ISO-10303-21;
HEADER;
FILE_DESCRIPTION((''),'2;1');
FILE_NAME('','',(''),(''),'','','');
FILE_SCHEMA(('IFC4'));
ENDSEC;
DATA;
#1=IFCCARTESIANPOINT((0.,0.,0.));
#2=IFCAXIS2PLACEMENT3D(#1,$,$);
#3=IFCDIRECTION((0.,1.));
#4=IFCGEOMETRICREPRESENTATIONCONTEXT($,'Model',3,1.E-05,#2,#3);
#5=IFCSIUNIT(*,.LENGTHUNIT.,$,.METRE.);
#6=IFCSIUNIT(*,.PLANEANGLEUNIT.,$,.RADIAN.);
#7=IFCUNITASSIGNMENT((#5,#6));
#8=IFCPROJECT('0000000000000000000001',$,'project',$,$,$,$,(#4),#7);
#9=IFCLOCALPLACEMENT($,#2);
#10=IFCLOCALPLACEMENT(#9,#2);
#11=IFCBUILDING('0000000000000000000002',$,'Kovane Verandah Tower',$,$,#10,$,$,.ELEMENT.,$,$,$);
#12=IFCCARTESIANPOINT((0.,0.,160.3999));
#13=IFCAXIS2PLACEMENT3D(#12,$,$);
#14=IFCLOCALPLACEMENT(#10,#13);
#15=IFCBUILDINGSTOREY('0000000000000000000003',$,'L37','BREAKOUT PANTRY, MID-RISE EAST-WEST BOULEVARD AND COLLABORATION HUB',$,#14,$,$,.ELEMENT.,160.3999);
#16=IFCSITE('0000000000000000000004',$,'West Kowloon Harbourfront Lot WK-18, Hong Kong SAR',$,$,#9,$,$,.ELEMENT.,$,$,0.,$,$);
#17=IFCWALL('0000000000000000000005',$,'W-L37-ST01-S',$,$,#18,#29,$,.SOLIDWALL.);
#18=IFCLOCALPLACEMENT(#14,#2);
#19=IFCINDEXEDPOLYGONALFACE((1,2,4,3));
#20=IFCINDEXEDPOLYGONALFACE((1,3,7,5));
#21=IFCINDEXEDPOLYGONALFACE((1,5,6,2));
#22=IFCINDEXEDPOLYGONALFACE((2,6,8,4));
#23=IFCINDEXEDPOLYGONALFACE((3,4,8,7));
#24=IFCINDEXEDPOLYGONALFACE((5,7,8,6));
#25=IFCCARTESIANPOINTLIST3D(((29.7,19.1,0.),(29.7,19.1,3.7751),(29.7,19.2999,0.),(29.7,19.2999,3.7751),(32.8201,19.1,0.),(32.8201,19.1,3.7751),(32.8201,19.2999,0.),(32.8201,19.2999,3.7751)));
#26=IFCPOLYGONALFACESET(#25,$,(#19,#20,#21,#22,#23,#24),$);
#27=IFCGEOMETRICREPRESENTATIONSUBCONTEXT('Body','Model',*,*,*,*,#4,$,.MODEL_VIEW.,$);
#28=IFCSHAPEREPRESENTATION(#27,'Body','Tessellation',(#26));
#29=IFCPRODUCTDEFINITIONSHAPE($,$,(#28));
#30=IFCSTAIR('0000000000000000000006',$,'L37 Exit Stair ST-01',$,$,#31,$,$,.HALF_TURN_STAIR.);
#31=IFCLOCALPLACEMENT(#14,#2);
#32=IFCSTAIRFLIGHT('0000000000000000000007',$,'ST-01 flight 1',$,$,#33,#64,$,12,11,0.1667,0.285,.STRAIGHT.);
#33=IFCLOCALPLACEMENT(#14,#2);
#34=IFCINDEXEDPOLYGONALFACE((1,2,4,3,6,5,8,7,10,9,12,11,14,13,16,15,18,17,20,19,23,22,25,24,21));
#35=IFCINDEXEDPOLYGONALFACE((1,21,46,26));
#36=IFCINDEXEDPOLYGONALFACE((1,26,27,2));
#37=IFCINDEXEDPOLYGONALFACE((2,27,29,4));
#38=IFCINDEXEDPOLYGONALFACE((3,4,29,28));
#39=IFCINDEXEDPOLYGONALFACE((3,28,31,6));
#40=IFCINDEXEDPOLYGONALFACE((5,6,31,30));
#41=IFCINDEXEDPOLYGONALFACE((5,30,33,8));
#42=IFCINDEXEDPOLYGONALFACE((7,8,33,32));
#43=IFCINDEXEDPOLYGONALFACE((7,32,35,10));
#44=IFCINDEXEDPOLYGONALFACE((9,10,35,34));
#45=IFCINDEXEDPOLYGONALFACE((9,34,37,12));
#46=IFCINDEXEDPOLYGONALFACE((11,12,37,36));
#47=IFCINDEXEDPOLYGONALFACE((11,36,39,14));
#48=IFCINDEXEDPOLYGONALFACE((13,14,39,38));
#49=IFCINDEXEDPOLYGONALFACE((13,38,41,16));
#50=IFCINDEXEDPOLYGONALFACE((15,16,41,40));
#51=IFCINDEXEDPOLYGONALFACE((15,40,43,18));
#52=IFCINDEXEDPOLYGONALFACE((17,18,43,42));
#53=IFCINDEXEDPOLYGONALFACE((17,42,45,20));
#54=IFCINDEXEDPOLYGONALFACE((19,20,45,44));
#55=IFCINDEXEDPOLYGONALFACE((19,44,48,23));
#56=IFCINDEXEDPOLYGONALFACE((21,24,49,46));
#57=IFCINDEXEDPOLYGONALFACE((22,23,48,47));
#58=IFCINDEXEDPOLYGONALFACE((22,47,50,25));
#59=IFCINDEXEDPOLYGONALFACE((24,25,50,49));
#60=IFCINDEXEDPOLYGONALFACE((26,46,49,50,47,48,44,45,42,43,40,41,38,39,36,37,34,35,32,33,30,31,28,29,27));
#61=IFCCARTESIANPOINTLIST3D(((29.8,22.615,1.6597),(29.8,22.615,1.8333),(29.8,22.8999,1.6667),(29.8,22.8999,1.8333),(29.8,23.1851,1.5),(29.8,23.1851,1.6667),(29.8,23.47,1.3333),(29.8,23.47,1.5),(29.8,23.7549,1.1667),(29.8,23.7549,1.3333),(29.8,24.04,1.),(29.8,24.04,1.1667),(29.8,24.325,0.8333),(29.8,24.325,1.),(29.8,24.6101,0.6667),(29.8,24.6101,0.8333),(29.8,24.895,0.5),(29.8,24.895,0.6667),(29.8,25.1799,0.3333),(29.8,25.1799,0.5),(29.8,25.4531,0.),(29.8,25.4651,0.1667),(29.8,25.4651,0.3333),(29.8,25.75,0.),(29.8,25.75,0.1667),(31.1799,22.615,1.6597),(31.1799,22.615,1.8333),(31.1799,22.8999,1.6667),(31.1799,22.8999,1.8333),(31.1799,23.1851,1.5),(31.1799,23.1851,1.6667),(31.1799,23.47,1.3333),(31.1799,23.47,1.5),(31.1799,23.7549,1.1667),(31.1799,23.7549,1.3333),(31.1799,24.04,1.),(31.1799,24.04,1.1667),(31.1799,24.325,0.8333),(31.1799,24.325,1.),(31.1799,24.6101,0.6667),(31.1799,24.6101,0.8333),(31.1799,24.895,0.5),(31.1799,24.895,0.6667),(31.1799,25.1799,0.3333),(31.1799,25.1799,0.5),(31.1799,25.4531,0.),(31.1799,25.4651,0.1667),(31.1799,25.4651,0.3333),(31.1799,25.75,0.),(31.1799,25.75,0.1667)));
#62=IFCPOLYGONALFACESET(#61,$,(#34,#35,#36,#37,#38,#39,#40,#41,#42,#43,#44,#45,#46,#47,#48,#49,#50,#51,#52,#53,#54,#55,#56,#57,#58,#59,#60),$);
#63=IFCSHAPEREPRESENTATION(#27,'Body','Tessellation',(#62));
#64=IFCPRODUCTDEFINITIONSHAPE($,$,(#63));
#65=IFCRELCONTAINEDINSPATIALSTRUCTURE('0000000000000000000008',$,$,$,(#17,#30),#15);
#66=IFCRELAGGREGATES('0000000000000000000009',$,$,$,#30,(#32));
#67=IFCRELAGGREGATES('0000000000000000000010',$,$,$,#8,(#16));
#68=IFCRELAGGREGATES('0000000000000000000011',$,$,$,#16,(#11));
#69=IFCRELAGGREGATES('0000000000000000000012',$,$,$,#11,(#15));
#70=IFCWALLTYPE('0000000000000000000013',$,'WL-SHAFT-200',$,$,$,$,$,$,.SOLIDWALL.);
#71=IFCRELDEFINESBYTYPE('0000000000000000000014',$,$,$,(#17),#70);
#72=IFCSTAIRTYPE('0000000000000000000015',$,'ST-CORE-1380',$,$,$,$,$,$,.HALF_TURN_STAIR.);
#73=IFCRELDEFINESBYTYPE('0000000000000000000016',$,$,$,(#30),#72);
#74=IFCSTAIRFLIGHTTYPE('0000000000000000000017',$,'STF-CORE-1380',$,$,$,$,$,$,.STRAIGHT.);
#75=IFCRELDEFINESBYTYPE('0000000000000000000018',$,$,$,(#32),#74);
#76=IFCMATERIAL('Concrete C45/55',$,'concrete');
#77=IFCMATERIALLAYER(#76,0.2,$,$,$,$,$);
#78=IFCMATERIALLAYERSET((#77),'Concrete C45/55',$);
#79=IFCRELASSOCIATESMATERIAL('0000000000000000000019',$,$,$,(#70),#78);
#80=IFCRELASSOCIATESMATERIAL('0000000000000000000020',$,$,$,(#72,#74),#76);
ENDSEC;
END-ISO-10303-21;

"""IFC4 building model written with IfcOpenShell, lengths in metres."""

from ifc_helpers import new_model, si_unit, direction, frame, frame_2d, origin, place, context, subcontext, project, spatial, polyline, rectangle, outline, extrude, material, layer, layer_set, type_object, element, aggregate, save


model = new_model("IFC4")

# Units and contexts
model_context = context("Model", 3, precision=1e-05, world=origin(), true_north=direction((0.0, 1.0)))
body_context = subcontext(model_context, "Body", "Model", "MODEL_VIEW")
ifc_project = project(units=[si_unit("LENGTHUNIT", "METRE"), si_unit("PLANEANGLEUNIT", "RADIAN")], contexts=[model_context])

# Site, building, storey
site_placement = place(None, origin())
site = spatial("IfcSite", under=ifc_project, at=site_placement, Name="West Kowloon Harbourfront Lot WK-18, Hong Kong SAR", CompositionType="ELEMENT", RefElevation=0.0)
building_placement = place(site_placement, origin())
building = spatial("IfcBuilding", under=site, at=building_placement, Name="Kovane Verandah Tower", CompositionType="ELEMENT")
storey_placement = place(building_placement, frame((0.0, 0.0, 160.3999)))
storey = spatial("IfcBuildingStorey", under=building, at=storey_placement, Name="L37", Description="BREAKOUT PANTRY, MID-RISE EAST-WEST BOULEVARD AND COLLABORATION HUB", CompositionType="ELEMENT", Elevation=160.3999)

# Wall
ifc_material_1 = material(Name="Concrete C45/55", Category="concrete")
ifc_layer_1 = layer(ifc_material_1, 0.2)
ifc_layer_set_1 = layer_set([ifc_layer_1], Name="Concrete C45/55")
wall_type_1 = type_object("IfcWallType", Name="WL-SHAFT-200", PredefinedType="SOLIDWALL", material=ifc_layer_set_1)
wall_1_placement = place(storey_placement, frame((29.7, 19.2, 0.0), z_axis=(0.0, 0.0, 1.0), x_axis=(1.0, 0.0, 0.0)))
element("IfcWall", 1, at=wall_1_placement, inside=storey, type_object=wall_type_1, Name="W-L37-ST01-S", PredefinedType="SOLIDWALL", context=body_context, shape_type="SweptSolid", body=[
    extrude(rectangle(XDim=3.1201, YDim=0.2, at=frame_2d((1.5601, 0.0))), origin(), (0.0, 0.0, 1.0), 3.7751),
])

# Stair, stair flight
stair_type = type_object("IfcStairType", Name="ST-CORE-1380", PredefinedType="HALF_TURN_STAIR", material=ifc_material_1)
stair_placement = place(storey_placement, origin())
stair = element("IfcStair", 2, at=stair_placement, inside=storey, type_object=stair_type, Name="L37 Exit Stair ST-01", PredefinedType="HALF_TURN_STAIR")
stair_flight_type = type_object("IfcStairFlightType", Name="STF-CORE-1380", PredefinedType="STRAIGHT", material=ifc_material_1)
stair_flight_placement = place(storey_placement, frame((30.49, 25.75, 0.0), z_axis=(0.0, 0.0, 1.0), x_axis=(0.0, -1.0, 0.0)))
stair_flight = element("IfcStairFlight", 3, at=stair_flight_placement, type_object=stair_flight_type, Name="ST-01 flight 1", NumberOfRisers=12, NumberOfTreads=11, PredefinedType="STRAIGHT", RiserHeight=0.1667, TreadLength=0.285, context=body_context, shape_type="SweptSolid", body=[
    extrude(outline(polyline([(0.0, 0.0), (0.0, 0.1667), (0.2849, 0.1667), (0.2849, 0.3333), (0.5701, 0.3333), (0.5701, 0.5), (0.855, 0.5), (0.855, 0.6667), (1.1399, 0.6667), (1.1399, 0.8333), (1.425, 0.8333), (1.425, 1.0), (1.71, 1.0), (1.71, 1.1667), (1.9951, 1.1667), (1.9951, 1.3333), (2.28, 1.3333), (2.28, 1.5), (2.5649, 1.5), (2.5649, 1.6667), (2.8501, 1.6667), (2.8501, 1.8333), (3.135, 1.8333), (3.135, 2.0), (3.135, 1.6597), (0.2969, 0.0), (0.0, 0.0)])), frame((0.0, 0.6899, 0.0), z_axis=(0.0, -1.0, 0.0), x_axis=(1.0, 0.0, 0.0)), (0.0, 0.0, 1.0), 1.3799),
])
aggregate(stair, [stair_flight])

save(model, "model.ifc")
